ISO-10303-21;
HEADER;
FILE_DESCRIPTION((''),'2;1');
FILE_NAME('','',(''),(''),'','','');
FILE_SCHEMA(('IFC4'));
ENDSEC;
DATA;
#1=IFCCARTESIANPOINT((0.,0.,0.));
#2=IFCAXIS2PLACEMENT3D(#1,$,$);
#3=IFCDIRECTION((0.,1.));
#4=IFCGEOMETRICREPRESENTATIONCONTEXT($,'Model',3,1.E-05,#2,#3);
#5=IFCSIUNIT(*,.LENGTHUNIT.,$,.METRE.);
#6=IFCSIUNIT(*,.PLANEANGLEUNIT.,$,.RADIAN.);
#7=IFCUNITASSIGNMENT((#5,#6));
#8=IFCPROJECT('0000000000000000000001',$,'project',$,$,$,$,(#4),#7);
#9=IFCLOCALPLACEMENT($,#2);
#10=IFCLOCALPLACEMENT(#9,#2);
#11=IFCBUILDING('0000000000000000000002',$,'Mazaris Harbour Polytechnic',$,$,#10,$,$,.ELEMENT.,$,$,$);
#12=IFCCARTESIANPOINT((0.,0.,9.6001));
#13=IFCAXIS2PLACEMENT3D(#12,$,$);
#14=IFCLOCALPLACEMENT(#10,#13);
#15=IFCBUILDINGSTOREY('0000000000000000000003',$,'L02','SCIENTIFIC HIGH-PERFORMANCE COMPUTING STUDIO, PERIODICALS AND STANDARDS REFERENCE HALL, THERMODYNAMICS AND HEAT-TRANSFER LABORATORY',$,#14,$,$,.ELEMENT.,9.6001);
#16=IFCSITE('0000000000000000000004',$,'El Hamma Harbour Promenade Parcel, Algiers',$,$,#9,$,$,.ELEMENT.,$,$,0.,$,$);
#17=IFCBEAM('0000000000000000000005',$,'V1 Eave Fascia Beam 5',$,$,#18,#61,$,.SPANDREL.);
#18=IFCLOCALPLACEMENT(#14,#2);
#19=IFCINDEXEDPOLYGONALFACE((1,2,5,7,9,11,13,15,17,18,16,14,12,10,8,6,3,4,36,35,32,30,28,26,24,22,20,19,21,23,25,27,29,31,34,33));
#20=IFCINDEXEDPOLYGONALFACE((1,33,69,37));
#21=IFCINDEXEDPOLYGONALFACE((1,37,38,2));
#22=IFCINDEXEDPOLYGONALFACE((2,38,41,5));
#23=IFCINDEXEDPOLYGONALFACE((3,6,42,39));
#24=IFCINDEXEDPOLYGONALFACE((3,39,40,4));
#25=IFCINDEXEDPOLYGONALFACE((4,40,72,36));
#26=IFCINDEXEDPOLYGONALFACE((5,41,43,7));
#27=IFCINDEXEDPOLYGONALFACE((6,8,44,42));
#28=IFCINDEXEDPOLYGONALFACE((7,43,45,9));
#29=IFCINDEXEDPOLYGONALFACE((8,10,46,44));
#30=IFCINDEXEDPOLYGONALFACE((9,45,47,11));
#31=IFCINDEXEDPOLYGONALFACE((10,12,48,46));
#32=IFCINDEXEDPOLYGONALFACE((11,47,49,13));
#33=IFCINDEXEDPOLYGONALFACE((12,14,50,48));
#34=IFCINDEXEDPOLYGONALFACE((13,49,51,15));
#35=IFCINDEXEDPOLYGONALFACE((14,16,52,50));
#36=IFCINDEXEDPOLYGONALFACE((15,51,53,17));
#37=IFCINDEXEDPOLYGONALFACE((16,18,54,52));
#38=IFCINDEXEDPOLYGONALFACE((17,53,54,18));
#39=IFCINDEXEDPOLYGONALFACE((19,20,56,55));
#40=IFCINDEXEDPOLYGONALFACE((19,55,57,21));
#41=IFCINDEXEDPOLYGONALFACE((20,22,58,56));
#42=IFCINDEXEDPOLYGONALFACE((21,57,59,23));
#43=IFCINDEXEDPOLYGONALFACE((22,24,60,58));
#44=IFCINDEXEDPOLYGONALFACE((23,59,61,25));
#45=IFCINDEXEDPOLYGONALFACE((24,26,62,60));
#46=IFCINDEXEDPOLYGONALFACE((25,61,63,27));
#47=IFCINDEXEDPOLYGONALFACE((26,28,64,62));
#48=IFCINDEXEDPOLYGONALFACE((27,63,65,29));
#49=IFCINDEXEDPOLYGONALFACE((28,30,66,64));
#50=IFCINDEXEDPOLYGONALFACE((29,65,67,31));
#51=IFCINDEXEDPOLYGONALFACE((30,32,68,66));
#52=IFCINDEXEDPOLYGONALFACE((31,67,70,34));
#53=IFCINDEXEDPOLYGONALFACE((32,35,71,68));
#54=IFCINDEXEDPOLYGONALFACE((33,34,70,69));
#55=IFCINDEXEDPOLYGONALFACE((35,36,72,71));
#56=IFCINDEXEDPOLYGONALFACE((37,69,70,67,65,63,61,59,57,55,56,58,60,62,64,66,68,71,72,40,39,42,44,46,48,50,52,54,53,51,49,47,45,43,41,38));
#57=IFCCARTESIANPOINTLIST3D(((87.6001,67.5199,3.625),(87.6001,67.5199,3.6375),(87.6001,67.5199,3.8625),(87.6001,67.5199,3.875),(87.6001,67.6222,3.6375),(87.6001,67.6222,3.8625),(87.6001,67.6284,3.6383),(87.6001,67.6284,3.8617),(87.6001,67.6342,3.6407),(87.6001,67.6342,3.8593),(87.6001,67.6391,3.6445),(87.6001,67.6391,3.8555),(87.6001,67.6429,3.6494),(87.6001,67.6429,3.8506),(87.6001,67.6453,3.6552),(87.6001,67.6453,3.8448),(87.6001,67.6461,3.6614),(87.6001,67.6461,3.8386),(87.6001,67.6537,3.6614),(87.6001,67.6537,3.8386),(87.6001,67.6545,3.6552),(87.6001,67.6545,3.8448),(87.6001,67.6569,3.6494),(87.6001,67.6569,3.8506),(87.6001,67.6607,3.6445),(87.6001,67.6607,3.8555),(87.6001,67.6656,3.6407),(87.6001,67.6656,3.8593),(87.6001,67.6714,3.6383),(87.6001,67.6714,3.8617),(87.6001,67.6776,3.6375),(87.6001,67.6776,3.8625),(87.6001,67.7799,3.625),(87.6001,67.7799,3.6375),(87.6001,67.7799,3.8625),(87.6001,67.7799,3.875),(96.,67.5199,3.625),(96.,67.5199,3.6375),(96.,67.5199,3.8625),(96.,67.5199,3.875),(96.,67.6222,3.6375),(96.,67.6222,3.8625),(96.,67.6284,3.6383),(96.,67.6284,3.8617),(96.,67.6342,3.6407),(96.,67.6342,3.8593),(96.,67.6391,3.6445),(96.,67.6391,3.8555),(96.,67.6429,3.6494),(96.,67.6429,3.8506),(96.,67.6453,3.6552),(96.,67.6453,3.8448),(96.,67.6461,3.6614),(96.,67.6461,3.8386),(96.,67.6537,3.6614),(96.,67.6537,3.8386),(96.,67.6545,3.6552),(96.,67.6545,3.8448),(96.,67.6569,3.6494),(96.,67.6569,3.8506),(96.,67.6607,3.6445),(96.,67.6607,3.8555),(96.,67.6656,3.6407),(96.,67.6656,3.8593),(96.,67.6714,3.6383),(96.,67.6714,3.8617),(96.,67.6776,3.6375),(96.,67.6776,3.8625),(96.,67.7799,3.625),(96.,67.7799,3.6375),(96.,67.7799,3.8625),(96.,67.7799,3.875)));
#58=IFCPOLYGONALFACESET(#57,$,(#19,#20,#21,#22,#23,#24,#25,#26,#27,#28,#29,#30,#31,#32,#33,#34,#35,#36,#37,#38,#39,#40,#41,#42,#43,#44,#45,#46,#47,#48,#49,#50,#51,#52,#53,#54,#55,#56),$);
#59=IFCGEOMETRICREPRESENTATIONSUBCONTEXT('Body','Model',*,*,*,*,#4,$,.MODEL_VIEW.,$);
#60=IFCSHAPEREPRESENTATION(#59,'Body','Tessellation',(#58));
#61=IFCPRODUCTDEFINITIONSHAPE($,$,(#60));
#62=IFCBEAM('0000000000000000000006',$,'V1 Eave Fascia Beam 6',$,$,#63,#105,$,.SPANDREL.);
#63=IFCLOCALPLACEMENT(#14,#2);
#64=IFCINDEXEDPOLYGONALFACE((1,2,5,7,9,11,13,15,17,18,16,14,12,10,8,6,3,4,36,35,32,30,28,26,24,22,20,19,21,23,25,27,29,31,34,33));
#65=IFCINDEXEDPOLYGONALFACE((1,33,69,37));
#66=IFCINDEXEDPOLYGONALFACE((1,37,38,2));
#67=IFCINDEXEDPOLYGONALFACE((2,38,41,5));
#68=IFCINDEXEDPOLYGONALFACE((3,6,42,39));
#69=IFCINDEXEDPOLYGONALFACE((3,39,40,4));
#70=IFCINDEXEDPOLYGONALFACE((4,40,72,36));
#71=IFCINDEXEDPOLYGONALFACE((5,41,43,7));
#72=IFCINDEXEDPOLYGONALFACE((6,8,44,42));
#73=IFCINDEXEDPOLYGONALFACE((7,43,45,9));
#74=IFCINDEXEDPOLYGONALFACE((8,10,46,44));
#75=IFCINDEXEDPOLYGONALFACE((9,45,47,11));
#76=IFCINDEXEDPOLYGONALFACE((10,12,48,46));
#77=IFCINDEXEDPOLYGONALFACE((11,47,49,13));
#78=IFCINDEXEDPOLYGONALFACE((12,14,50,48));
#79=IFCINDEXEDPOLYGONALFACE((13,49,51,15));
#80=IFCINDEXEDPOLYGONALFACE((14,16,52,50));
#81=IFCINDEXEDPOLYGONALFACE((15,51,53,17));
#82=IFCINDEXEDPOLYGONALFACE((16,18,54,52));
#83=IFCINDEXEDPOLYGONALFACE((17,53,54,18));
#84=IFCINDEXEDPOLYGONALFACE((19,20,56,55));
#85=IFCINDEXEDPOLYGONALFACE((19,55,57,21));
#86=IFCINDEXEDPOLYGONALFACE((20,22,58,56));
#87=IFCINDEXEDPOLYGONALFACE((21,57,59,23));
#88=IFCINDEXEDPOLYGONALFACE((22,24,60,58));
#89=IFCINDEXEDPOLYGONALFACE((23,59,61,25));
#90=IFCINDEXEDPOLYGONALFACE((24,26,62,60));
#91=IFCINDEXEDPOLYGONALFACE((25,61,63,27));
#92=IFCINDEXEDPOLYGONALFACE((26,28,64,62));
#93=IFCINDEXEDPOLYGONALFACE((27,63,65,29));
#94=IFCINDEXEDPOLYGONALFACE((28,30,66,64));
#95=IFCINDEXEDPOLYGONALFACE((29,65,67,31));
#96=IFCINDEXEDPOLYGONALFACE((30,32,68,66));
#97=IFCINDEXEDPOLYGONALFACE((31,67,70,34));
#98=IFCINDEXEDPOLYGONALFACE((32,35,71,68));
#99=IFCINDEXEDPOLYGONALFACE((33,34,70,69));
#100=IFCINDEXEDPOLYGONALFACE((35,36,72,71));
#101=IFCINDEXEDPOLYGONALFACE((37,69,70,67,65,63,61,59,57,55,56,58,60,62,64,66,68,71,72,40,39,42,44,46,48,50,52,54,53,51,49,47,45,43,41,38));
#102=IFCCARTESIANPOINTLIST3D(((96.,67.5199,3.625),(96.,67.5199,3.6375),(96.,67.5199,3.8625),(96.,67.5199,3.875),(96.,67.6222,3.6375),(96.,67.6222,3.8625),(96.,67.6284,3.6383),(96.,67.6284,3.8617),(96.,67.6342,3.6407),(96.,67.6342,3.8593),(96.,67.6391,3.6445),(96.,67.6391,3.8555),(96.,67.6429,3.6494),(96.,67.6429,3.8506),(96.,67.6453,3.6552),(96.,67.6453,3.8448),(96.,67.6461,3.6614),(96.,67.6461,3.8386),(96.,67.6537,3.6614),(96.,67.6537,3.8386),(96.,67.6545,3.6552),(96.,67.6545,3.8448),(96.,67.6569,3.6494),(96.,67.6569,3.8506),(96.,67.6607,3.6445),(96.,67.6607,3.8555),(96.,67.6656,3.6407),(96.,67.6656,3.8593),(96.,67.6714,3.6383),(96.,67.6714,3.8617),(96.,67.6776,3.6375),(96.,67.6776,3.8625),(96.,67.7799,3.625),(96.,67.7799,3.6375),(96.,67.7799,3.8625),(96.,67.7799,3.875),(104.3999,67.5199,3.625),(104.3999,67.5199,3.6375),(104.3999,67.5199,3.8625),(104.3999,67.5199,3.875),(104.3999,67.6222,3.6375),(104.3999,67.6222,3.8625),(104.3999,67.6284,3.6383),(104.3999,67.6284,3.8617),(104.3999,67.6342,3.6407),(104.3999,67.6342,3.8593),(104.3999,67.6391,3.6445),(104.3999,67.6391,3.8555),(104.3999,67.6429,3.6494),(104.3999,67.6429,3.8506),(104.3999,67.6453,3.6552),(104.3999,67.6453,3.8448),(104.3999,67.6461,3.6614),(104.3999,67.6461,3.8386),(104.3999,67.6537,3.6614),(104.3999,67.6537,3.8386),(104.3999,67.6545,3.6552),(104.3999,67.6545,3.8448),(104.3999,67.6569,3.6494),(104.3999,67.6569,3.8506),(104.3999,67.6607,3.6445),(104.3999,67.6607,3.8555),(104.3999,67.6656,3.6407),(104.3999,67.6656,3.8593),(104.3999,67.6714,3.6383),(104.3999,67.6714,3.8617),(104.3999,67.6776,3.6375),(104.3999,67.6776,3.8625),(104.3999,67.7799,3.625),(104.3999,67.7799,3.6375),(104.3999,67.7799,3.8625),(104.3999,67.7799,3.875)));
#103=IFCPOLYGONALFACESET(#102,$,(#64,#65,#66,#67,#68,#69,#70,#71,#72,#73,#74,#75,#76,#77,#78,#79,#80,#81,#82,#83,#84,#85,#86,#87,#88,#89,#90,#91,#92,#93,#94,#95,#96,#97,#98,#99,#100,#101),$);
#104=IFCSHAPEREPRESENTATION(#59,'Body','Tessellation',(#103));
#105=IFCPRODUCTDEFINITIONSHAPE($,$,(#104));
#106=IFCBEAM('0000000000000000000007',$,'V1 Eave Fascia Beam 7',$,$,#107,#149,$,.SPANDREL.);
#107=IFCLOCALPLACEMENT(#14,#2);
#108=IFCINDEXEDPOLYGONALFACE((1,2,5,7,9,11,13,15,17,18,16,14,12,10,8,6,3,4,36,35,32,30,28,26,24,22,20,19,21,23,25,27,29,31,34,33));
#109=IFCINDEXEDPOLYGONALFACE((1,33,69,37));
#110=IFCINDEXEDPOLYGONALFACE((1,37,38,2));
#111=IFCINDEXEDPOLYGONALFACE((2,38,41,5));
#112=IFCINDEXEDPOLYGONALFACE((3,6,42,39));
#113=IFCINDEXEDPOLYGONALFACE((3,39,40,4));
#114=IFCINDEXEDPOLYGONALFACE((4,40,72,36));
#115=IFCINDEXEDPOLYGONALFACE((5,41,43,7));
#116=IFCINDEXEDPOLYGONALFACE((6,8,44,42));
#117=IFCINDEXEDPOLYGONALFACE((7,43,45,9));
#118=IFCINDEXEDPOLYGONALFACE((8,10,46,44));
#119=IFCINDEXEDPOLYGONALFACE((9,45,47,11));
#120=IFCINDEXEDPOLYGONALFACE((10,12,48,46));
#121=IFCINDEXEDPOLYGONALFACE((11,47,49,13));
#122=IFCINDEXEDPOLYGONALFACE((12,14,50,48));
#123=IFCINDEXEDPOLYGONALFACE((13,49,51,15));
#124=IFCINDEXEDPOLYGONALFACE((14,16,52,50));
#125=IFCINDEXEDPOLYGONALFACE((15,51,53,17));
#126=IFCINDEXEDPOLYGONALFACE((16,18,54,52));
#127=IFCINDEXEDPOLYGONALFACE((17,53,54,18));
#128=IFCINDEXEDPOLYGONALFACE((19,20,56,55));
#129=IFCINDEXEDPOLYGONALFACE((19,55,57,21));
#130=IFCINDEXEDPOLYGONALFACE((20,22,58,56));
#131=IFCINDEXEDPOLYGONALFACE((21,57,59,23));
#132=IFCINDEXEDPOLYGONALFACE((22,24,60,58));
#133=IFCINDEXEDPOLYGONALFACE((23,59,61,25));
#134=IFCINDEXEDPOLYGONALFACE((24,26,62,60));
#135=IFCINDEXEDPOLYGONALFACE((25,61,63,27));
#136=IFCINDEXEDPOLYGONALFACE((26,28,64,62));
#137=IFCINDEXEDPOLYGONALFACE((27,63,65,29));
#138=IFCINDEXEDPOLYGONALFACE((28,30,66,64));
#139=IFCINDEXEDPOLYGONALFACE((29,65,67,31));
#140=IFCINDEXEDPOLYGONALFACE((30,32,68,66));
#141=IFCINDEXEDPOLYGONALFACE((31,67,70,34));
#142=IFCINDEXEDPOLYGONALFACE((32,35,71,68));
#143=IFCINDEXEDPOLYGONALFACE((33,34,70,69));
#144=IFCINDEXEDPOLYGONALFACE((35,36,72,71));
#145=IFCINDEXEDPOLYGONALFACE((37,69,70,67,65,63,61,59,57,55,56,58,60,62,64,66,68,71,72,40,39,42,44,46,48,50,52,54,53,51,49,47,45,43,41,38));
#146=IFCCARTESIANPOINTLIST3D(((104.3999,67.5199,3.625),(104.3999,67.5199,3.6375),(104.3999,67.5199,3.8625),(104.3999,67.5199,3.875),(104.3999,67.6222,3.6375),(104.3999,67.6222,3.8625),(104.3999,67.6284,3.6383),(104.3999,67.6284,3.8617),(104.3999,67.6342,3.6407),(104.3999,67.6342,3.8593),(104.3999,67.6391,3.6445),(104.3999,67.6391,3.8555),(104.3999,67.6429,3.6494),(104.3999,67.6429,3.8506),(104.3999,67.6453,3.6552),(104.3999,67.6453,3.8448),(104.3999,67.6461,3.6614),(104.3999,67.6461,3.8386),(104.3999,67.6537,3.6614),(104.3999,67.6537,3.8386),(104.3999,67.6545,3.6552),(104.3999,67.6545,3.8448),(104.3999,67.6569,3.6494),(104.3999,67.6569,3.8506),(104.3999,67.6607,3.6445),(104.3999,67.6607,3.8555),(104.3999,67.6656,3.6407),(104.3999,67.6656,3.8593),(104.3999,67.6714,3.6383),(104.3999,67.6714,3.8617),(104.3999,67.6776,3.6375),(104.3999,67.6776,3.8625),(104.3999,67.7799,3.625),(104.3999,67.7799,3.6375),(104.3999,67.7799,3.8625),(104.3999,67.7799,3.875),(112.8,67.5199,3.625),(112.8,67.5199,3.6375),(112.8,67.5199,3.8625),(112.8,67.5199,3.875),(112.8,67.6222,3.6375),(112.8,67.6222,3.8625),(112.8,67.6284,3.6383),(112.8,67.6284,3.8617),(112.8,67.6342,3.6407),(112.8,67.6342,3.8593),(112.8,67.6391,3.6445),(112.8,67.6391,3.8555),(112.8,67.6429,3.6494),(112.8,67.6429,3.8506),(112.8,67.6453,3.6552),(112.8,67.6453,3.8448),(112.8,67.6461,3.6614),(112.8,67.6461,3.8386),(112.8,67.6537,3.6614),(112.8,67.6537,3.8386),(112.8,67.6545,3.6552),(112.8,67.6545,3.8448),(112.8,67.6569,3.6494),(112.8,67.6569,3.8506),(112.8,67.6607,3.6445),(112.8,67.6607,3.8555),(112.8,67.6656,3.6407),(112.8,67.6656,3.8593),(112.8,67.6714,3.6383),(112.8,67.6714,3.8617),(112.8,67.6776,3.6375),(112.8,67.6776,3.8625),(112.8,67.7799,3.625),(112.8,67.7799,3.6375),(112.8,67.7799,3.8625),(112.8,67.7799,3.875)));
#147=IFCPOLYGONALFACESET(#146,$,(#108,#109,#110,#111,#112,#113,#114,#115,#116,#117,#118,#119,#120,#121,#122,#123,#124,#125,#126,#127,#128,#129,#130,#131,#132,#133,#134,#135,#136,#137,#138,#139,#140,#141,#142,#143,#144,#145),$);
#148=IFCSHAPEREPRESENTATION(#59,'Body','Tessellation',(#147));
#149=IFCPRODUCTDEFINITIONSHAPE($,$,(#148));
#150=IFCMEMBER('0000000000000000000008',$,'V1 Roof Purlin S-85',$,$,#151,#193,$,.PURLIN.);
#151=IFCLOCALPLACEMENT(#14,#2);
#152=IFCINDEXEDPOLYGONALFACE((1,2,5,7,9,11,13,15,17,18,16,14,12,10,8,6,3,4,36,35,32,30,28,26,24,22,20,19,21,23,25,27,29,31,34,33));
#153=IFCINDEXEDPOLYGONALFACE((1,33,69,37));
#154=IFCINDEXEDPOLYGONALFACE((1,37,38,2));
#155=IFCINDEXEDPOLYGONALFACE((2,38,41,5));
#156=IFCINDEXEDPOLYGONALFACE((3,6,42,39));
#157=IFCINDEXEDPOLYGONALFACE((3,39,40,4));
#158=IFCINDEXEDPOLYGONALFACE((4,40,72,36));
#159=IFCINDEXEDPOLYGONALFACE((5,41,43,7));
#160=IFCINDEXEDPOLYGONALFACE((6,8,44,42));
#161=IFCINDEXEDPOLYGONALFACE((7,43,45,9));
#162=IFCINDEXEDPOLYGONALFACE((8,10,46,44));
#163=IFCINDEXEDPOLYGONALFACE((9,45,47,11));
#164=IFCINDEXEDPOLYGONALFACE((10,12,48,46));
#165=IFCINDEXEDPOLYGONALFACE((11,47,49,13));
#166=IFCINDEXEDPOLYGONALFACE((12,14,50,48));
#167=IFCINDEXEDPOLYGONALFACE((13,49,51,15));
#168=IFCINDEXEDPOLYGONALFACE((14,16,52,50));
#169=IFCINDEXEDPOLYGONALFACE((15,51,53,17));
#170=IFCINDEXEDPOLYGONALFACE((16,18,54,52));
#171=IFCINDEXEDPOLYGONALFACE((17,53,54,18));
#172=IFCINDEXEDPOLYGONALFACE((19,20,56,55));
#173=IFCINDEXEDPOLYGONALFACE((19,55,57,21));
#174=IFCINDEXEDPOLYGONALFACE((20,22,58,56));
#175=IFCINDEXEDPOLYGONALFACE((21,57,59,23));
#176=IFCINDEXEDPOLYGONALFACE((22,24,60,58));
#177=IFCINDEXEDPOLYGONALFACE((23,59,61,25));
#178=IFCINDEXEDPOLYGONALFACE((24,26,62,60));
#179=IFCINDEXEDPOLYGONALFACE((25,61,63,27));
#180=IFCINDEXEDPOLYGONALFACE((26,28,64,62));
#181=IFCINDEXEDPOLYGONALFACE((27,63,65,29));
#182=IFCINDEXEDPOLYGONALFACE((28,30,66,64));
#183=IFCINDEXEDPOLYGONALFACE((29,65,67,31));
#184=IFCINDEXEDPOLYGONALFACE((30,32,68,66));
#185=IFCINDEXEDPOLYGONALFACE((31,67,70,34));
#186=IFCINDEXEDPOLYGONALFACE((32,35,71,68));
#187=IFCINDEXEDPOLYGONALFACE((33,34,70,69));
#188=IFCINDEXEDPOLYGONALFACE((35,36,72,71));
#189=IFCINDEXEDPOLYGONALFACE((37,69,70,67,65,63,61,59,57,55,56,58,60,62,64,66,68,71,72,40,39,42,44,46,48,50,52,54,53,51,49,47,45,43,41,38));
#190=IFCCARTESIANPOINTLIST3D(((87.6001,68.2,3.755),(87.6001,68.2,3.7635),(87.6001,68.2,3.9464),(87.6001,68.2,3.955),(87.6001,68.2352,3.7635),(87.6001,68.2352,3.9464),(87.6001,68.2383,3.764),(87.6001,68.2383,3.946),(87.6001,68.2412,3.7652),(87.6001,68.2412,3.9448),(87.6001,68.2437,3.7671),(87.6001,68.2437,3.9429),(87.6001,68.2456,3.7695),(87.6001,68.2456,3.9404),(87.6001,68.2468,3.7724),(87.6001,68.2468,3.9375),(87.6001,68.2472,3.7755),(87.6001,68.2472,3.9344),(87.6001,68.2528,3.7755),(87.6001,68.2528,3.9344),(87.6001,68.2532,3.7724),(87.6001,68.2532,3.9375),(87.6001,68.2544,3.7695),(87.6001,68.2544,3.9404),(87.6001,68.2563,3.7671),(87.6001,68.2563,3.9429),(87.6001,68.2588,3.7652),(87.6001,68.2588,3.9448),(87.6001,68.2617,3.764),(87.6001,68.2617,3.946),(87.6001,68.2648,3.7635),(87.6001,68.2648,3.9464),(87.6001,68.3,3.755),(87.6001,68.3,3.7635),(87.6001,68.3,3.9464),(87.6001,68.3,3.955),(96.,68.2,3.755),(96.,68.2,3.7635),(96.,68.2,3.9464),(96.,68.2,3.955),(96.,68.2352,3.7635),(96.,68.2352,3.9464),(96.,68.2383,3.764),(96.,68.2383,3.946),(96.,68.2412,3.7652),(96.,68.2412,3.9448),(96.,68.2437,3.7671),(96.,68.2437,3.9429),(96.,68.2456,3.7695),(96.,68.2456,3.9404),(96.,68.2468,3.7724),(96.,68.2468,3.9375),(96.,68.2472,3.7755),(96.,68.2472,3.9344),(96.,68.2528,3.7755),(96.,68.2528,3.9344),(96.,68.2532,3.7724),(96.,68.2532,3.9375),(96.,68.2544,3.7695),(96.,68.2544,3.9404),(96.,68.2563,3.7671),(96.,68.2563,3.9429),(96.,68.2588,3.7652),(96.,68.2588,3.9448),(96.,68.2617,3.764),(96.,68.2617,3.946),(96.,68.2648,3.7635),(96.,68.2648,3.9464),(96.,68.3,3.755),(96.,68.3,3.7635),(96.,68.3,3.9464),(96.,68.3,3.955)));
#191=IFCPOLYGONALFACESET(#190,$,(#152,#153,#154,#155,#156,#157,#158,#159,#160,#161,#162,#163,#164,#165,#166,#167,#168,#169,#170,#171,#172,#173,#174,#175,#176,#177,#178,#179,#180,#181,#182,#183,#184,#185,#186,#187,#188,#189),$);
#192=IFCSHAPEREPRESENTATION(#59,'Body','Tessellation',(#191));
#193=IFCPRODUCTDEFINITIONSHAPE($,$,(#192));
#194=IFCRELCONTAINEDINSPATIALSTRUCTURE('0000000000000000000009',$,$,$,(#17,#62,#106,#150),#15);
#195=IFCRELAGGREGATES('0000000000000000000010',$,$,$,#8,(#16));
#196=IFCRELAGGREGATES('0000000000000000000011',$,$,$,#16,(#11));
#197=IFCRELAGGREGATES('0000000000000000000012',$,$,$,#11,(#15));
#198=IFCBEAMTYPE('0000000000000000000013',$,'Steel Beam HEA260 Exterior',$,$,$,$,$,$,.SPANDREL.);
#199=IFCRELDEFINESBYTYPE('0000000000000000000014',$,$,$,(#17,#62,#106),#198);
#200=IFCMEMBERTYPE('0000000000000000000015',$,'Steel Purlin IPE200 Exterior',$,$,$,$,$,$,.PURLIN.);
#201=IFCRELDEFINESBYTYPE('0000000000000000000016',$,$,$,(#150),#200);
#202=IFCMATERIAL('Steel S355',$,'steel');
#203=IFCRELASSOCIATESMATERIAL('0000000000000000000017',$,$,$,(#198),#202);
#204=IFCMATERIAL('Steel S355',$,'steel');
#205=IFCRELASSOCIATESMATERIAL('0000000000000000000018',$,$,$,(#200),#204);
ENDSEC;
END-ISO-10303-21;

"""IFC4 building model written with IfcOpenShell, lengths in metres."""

from ifc_helpers import new_model, si_unit, direction, frame, origin, origin_2d, place, context, subcontext, project, spatial, i_section, extrude, material, material_profile, profile_set, type_object, element, save


model = new_model("IFC4")

# Units and contexts
model_context = context("Model", 3, precision=1e-05, world=origin(), true_north=direction((0.0, 1.0)))
body_context = subcontext(model_context, "Body", "Model", "MODEL_VIEW")
ifc_project = project(units=[si_unit("LENGTHUNIT", "METRE"), si_unit("PLANEANGLEUNIT", "RADIAN")], contexts=[model_context])

# Site, building, storey
site_placement = place(None, origin())
site = spatial("IfcSite", under=ifc_project, at=site_placement, Name="El Hamma Harbour Promenade Parcel, Algiers", CompositionType="ELEMENT", RefElevation=0.0)
building_placement = place(site_placement, origin())
building = spatial("IfcBuilding", under=site, at=building_placement, Name="Mazaris Harbour Polytechnic", CompositionType="ELEMENT")
storey_placement = place(building_placement, frame((0.0, 0.0, 9.6001)))
storey = spatial("IfcBuildingStorey", under=building, at=storey_placement, Name="L02", Description="SCIENTIFIC HIGH-PERFORMANCE COMPUTING STUDIO, PERIODICALS AND STANDARDS REFERENCE HALL, THERMODYNAMICS AND HEAT-TRANSFER LABORATORY", CompositionType="ELEMENT", Elevation=9.6001)

# Beams
ifc_material_1 = material(Name="Steel S355", Category="steel")
ifc_material_profile_1 = material_profile(ifc_material_1, i_section(OverallWidth=0.26, OverallDepth=0.25, WebThickness=0.0076, FlangeThickness=0.0125, FilletRadius=0.0239, at=origin_2d()), Name="HEA 260")
ifc_profile_set_1 = profile_set([ifc_material_profile_1], Name="Steel S355")
beam_type = type_object("IfcBeamType", Name="Steel Beam HEA260 Exterior", PredefinedType="SPANDREL", material=ifc_profile_set_1)
for number, where, z_axis, x_axis, name in (
    (1, (87.6001, 67.6499, 3.75), (1.0, 0.0, 0.0), (0.0, 1.0, 0.0), "V1 Eave Fascia Beam 5"),
    (2, (96.0, 67.6499, 3.75), (1.0, 0.0, 0.0), (0.0, 1.0, 0.0), "V1 Eave Fascia Beam 6"),
):
    element("IfcBeam", number, at=place(storey_placement, frame(where, z_axis=z_axis, x_axis=x_axis)), inside=storey, type_object=beam_type, Name=name, PredefinedType="SPANDREL", context=body_context, shape_type="SweptSolid", body=[
        extrude(i_section(OverallWidth=0.26, OverallDepth=0.25, WebThickness=0.0076, FlangeThickness=0.0125, FilletRadius=0.0239, at=origin_2d()), origin(), (0.0, 0.0, 1.0), 8.3999),
    ])
beam_placement = place(storey_placement, frame((104.3999, 67.6499, 3.75), z_axis=(1.0, 0.0, 0.0), x_axis=(0.0, 1.0, 0.0)))
element("IfcBeam", 3, at=beam_placement, inside=storey, type_object=beam_type, Name="V1 Eave Fascia Beam 7", PredefinedType="SPANDREL", context=body_context, shape_type="SweptSolid", body=[
    extrude(i_section(OverallWidth=0.26, OverallDepth=0.25, WebThickness=0.0076, FlangeThickness=0.0125, FilletRadius=0.0239, at=origin_2d()), origin(), (0.0, 0.0, 1.0), 8.4001),
])

# Member
ifc_material_2 = material(Name="Steel S355", Category="steel")
ifc_material_profile_2 = material_profile(ifc_material_2, i_section(OverallWidth=0.1001, OverallDepth=0.2, WebThickness=0.0056, FlangeThickness=0.0085, FilletRadius=0.012, at=origin_2d()), Name="IPE 200")
ifc_profile_set_2 = profile_set([ifc_material_profile_2], Name="Steel S355")
member_type = type_object("IfcMemberType", Name="Steel Purlin IPE200 Exterior", PredefinedType="PURLIN", material=ifc_profile_set_2)
member_placement = place(storey_placement, frame((87.6001, 68.25, 3.855), z_axis=(1.0, 0.0, 0.0), x_axis=(0.0, 1.0, 0.0)))
element("IfcMember", 4, at=member_placement, inside=storey, type_object=member_type, Name="V1 Roof Purlin S-85", PredefinedType="PURLIN", context=body_context, shape_type="SweptSolid", body=[
    extrude(i_section(OverallWidth=0.1001, OverallDepth=0.2, WebThickness=0.0056, FlangeThickness=0.0085, FilletRadius=0.012, at=origin_2d()), origin(), (0.0, 0.0, 1.0), 8.3999),
])

save(model, "model.ifc")
